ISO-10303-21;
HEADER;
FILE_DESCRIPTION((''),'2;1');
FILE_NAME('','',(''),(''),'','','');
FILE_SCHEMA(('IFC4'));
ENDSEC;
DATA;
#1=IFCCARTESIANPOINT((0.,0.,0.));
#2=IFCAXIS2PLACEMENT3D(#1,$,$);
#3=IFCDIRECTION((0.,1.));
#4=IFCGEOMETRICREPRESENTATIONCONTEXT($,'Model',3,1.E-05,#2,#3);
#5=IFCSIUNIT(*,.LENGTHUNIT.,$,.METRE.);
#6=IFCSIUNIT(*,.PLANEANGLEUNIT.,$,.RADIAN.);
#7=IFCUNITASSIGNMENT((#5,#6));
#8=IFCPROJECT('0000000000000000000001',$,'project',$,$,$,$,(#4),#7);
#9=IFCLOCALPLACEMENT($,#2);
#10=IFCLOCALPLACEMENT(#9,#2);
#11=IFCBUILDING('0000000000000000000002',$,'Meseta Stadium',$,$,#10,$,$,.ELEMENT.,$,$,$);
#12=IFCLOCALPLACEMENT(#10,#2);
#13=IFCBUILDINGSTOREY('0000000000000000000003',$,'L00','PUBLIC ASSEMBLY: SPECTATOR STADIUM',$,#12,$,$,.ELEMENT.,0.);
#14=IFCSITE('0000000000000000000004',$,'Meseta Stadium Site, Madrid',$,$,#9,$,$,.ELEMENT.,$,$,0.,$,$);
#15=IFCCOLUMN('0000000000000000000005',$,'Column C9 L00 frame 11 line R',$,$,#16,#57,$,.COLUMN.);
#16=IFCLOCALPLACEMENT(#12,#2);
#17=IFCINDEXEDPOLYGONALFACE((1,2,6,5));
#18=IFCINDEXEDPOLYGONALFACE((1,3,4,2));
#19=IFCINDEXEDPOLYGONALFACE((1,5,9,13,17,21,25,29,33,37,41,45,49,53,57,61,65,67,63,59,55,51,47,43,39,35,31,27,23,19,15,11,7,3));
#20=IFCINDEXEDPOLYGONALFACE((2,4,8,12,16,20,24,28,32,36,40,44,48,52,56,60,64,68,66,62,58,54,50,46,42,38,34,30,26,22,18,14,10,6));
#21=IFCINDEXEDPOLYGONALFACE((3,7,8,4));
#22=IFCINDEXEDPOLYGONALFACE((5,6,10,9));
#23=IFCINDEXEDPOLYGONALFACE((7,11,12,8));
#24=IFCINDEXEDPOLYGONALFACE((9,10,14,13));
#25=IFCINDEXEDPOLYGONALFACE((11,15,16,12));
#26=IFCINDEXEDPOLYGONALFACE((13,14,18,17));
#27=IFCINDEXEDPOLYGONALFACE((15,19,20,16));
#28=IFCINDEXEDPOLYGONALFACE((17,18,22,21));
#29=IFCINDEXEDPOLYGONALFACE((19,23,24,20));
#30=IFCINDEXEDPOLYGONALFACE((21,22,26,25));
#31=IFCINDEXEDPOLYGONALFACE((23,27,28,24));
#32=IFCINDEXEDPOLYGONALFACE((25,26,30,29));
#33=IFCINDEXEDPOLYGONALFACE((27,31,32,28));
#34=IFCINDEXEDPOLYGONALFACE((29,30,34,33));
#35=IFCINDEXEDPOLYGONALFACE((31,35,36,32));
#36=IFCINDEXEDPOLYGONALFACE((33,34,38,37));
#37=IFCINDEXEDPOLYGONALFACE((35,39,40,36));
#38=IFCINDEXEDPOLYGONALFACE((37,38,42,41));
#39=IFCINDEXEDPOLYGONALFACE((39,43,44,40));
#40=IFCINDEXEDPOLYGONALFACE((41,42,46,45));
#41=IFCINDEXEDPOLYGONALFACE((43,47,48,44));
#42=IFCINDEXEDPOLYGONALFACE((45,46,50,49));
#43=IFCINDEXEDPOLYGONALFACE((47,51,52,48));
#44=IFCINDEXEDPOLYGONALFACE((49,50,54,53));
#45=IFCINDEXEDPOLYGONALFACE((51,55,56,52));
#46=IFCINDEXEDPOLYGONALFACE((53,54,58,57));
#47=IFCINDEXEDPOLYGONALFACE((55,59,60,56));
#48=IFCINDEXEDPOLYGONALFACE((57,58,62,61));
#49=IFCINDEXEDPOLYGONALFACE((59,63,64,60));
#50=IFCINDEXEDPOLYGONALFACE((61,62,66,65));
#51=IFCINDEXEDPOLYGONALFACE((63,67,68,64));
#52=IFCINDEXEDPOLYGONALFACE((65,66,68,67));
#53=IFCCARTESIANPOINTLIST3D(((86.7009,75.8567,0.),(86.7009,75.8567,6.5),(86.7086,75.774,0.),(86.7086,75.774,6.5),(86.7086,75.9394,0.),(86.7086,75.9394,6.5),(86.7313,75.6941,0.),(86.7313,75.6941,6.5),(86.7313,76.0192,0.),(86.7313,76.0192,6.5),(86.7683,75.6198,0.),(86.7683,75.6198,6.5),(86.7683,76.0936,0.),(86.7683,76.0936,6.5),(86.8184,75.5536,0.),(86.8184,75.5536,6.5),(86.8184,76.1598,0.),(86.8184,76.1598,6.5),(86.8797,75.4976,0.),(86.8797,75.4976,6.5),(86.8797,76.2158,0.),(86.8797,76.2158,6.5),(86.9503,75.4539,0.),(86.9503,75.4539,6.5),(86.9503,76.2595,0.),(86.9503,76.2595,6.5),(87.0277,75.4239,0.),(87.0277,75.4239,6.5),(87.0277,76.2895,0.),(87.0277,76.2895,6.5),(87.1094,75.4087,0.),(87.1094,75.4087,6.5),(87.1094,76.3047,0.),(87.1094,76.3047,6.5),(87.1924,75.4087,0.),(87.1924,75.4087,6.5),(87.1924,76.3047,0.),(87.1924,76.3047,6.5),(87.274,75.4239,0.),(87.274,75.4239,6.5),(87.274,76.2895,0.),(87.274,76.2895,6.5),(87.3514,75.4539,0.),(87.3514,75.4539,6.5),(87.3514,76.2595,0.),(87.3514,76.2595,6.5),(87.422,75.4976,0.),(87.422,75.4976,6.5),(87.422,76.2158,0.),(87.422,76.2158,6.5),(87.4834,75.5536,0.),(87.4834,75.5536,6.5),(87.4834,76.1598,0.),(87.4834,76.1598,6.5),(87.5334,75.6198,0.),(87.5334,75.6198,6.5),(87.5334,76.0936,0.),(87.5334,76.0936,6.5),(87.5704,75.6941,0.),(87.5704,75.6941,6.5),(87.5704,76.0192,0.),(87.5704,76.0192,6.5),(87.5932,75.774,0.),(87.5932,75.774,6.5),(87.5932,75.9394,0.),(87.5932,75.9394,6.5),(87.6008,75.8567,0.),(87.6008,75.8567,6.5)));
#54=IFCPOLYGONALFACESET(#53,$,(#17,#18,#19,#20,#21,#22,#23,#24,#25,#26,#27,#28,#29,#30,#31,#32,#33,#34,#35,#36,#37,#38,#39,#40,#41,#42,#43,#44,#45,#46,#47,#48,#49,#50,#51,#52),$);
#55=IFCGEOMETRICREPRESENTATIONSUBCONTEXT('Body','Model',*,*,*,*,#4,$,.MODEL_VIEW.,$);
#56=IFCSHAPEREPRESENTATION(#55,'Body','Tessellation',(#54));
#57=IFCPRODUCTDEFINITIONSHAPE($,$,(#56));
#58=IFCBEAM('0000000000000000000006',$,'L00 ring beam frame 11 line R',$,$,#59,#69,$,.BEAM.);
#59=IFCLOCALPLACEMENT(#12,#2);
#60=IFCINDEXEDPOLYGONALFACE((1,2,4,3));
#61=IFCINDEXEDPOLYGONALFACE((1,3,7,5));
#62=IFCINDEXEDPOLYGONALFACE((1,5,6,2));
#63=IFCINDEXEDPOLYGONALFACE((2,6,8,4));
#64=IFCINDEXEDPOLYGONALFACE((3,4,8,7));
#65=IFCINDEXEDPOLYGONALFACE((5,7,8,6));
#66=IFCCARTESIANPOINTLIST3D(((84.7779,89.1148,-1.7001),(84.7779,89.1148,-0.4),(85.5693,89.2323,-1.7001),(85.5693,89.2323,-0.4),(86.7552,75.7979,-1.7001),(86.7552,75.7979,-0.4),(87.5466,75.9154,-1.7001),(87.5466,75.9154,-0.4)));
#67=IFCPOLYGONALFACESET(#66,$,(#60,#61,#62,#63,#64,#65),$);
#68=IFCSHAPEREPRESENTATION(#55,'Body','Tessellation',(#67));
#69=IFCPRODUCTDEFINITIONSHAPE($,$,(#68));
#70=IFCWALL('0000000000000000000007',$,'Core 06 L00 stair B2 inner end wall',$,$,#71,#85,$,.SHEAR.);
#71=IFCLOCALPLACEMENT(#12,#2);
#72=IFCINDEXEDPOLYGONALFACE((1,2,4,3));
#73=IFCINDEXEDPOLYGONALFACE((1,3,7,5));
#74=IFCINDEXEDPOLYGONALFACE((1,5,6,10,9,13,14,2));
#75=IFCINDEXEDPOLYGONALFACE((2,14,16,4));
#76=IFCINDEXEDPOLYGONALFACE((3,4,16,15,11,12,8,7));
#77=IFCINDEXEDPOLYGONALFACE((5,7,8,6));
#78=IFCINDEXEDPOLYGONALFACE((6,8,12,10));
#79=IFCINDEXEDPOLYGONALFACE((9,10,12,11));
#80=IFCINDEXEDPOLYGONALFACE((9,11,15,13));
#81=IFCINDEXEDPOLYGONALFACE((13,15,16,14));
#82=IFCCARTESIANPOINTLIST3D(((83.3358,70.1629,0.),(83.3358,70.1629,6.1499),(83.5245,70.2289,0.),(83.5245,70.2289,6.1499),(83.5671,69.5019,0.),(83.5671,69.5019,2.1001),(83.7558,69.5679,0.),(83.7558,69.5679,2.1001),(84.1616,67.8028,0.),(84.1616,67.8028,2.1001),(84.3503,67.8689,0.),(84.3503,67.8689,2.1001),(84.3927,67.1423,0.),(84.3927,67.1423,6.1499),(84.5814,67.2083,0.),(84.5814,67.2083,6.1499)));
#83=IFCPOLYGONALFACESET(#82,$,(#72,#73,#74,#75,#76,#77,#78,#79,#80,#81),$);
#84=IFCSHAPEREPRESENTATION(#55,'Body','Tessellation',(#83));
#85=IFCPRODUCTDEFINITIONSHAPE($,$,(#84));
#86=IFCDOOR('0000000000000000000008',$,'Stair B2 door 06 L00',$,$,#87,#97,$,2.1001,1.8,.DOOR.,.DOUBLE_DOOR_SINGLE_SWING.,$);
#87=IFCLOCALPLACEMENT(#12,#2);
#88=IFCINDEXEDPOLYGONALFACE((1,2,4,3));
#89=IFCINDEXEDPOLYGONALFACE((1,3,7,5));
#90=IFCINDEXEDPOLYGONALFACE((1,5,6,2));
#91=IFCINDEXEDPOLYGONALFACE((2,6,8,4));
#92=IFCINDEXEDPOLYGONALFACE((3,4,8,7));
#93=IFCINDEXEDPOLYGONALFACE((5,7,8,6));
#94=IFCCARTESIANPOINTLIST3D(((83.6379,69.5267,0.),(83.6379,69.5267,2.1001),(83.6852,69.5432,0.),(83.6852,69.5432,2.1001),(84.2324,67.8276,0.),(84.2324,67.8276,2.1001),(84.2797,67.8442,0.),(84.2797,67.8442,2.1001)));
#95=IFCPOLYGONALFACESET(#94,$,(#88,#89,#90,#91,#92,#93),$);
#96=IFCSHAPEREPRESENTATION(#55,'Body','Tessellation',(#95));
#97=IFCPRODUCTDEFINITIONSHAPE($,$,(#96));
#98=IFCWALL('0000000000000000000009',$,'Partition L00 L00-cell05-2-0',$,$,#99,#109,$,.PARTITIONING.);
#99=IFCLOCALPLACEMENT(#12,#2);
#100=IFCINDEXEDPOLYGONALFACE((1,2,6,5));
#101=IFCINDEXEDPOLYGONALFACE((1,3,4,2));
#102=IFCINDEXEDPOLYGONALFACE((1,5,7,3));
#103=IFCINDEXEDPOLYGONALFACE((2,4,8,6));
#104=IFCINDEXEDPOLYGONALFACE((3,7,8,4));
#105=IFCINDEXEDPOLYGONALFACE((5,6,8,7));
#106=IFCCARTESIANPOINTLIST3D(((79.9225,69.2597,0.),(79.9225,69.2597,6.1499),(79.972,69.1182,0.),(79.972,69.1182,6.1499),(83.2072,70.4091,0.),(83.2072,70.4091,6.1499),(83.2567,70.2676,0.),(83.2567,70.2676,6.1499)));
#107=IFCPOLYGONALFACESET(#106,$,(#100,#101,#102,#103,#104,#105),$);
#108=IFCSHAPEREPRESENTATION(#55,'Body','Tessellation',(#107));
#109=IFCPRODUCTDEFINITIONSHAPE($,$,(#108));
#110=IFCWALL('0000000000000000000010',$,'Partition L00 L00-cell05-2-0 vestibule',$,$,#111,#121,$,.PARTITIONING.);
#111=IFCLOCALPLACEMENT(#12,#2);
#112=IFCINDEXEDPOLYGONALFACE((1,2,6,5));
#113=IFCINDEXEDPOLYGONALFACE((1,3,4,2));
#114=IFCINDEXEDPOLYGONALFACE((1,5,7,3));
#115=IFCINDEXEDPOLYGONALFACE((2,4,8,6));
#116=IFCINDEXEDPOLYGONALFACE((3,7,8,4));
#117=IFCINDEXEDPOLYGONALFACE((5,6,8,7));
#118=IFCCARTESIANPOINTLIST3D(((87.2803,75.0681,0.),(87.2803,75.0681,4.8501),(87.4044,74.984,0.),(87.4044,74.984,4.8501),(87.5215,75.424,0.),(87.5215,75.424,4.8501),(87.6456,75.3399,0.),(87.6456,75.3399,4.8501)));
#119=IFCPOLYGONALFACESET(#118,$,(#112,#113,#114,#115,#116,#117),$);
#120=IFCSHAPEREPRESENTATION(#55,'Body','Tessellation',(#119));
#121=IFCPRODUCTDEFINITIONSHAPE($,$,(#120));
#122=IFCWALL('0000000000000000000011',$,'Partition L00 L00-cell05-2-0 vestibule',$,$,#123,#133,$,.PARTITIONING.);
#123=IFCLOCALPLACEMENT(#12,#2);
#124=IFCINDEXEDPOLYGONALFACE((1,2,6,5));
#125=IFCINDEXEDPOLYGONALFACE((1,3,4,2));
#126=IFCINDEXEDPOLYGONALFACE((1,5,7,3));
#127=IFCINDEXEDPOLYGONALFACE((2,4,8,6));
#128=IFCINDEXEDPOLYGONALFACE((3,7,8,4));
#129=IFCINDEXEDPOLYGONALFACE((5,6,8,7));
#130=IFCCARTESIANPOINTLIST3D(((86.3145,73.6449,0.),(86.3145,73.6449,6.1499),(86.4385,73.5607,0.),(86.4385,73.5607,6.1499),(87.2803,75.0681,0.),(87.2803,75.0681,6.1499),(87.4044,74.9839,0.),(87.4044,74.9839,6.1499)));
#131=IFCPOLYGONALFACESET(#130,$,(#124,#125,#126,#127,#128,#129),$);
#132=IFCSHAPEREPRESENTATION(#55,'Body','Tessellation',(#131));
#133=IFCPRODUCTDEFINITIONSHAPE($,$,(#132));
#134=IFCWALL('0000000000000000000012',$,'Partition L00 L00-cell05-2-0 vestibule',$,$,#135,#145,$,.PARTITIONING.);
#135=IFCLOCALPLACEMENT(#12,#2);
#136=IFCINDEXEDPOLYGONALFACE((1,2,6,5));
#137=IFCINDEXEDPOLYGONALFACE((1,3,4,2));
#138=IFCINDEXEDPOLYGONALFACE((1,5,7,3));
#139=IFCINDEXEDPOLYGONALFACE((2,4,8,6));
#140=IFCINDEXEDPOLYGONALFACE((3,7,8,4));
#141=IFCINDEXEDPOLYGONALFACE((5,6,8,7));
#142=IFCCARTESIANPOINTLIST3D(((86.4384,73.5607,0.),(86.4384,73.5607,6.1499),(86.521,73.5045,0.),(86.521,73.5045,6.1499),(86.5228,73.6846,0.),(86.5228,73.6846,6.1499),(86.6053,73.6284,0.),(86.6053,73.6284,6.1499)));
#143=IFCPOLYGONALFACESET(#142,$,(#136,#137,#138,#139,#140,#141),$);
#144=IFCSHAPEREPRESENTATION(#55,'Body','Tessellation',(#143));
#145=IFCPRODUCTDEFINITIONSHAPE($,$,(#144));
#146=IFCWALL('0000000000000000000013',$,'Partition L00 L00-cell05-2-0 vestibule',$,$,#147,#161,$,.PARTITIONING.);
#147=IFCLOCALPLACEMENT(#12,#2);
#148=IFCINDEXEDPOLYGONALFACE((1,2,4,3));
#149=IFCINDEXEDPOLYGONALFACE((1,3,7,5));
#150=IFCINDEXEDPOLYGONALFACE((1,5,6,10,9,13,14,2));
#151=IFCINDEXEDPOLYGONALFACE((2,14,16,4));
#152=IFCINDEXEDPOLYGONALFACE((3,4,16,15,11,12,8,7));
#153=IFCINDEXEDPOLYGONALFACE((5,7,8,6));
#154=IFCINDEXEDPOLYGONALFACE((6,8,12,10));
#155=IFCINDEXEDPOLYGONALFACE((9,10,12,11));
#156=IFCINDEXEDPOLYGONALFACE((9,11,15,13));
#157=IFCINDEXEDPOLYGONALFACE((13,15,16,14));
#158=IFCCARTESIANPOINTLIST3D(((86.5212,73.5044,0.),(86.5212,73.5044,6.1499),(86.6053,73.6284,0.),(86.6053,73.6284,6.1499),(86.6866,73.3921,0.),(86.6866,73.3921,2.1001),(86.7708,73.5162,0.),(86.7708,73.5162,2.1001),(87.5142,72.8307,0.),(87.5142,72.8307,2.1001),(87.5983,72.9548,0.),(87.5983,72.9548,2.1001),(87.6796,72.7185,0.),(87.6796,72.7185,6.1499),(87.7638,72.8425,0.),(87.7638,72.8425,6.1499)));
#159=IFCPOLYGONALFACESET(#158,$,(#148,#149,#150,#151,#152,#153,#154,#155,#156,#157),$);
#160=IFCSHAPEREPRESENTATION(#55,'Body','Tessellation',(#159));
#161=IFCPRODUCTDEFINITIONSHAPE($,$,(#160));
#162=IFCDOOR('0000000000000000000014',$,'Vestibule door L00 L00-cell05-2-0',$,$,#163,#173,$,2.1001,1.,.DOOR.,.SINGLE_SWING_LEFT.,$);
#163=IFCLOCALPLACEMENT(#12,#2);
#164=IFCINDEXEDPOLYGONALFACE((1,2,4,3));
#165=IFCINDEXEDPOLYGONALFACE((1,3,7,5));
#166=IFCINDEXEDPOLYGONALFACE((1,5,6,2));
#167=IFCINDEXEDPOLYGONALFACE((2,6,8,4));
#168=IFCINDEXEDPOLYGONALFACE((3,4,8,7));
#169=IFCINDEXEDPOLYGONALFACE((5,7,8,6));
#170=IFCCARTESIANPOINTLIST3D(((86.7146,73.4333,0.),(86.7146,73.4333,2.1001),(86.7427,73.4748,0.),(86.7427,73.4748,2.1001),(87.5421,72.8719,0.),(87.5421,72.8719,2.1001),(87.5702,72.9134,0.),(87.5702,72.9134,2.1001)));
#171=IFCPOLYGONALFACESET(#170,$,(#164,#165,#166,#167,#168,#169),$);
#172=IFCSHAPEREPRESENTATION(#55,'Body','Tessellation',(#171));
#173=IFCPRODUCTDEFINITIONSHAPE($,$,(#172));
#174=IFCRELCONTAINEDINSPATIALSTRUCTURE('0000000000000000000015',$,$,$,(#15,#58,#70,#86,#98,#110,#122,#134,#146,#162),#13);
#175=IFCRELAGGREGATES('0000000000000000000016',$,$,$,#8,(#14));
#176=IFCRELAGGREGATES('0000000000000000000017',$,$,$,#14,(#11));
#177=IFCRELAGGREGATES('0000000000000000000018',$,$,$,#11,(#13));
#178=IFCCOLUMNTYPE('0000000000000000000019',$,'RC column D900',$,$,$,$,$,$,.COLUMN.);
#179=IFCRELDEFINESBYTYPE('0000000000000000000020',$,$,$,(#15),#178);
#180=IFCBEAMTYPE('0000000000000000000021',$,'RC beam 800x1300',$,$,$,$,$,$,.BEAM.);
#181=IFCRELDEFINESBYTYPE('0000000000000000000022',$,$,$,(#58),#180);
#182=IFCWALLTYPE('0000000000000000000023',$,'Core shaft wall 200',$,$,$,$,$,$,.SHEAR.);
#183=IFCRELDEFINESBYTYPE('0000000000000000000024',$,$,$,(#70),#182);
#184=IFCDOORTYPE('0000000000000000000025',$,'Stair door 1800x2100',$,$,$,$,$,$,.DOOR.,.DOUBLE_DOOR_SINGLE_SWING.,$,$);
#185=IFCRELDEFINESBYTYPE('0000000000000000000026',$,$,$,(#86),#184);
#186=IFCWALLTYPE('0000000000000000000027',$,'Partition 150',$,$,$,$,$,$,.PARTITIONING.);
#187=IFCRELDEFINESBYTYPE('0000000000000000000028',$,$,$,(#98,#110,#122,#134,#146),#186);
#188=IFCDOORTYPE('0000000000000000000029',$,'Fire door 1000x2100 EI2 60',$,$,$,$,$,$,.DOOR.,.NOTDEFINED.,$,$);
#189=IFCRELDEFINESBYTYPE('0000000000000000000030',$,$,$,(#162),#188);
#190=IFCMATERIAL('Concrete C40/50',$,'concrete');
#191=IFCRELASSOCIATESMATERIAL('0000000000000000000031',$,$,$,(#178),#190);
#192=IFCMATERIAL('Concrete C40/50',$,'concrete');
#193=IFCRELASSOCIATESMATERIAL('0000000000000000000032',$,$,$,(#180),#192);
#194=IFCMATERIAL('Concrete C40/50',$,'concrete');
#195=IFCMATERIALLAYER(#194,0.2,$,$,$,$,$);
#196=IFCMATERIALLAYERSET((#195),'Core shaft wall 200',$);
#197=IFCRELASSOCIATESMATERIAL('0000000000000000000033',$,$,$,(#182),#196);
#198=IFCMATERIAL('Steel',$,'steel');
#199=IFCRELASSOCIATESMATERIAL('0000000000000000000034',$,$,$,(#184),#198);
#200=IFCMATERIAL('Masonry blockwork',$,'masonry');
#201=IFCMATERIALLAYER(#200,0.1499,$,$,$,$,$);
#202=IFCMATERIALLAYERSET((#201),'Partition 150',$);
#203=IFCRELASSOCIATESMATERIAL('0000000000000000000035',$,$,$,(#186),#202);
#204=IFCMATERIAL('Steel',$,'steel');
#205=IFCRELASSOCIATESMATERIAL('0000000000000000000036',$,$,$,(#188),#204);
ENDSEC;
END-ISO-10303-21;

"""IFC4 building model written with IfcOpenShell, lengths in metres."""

from ifc_helpers import new_model, si_unit, direction, frame, frame_2d, origin, origin_2d, place, context, subcontext, project, spatial, rectangle, circle, extrude, material, layer, layer_set, material_profile, profile_set, type_object, element, fill, save


model = new_model("IFC4")

# Units and contexts
model_context = context("Model", 3, precision=1e-05, world=origin(), true_north=direction((0.0, 1.0)))
body_context = subcontext(model_context, "Body", "Model", "MODEL_VIEW")
ifc_project = project(units=[si_unit("LENGTHUNIT", "METRE"), si_unit("PLANEANGLEUNIT", "RADIAN")], contexts=[model_context])

# Site, building, storey
site_placement = place(None, origin())
site = spatial("IfcSite", under=ifc_project, at=site_placement, Name="Meseta Stadium Site, Madrid", CompositionType="ELEMENT", RefElevation=0.0)
building_placement = place(site_placement, origin())
building = spatial("IfcBuilding", under=site, at=building_placement, Name="Meseta Stadium", CompositionType="ELEMENT")
storey_placement = place(building_placement, origin())
storey = spatial("IfcBuildingStorey", under=building, at=storey_placement, Name="L00", Description="PUBLIC ASSEMBLY: SPECTATOR STADIUM", CompositionType="ELEMENT", Elevation=0.0)

# Column
ifc_material_1 = material(Name="Concrete C40/50", Category="concrete")
ifc_material_profile_1 = material_profile(ifc_material_1, circle(Radius=0.45, at=origin_2d()), Name="RC D900")
ifc_profile_set_1 = profile_set([ifc_material_profile_1], Name="Concrete C40/50")
column_type = type_object("IfcColumnType", Name="RC column D900", PredefinedType="COLUMN", material=ifc_profile_set_1)
column_placement = place(storey_placement, frame((87.1509, 75.8567, 0.0), z_axis=(0.0, 0.0, 1.0), x_axis=(1.0, 0.0, 0.0)))
element("IfcColumn", 1, at=column_placement, inside=storey, type_object=column_type, Name="Column C9 L00 frame 11 line R", PredefinedType="COLUMN", context=body_context, shape_type="SweptSolid", body=[
    extrude(circle(Radius=0.45, at=origin_2d()), origin(), (0.0, 0.0, 1.0), 6.5),
])

# Beam
ifc_material_2 = material(Name="Concrete C40/50", Category="concrete")
ifc_material_profile_2 = material_profile(ifc_material_2, rectangle(XDim=0.8, YDim=1.3, at=origin_2d()), Name="RC 800x1300")
ifc_profile_set_2 = profile_set([ifc_material_profile_2], Name="Concrete C40/50")
beam_type = type_object("IfcBeamType", Name="RC beam 800x1300", PredefinedType="BEAM", material=ifc_profile_set_2)
beam_placement = place(storey_placement, frame((87.1509, 75.8567, -1.05), z_axis=(-0.14687, 0.989156, 0.0), x_axis=(-0.989156, -0.14687, 0.0)))
element("IfcBeam", 2, at=beam_placement, inside=storey, type_object=beam_type, Name="L00 ring beam frame 11 line R", PredefinedType="BEAM", context=body_context, shape_type="SweptSolid", body=[
    extrude(rectangle(XDim=0.8, YDim=1.3, at=origin_2d()), origin(), (0.0, 0.0, 1.0), 13.4629),
])

# Wall, opening, door
ifc_material_3 = material(Name="Concrete C40/50", Category="concrete")
ifc_layer_1 = layer(ifc_material_3, 0.2)
ifc_layer_set_1 = layer_set([ifc_layer_1], Name="Core shaft wall 200")
wall_type_1 = type_object("IfcWallType", Name="Core shaft wall 200", PredefinedType="SHEAR", material=ifc_layer_set_1)
wall_1_placement = place(storey_placement, frame((84.4871, 67.1753, 0.0), z_axis=(0.0, 0.0, 1.0), x_axis=(-0.330269, 0.943887, 0.0)))
wall_1 = element("IfcWall", 3, at=wall_1_placement, inside=storey, type_object=wall_type_1, Name="Core 06 L00 stair B2 inner end wall", PredefinedType="SHEAR", context=body_context, shape_type="SweptSolid", body=[
    extrude(rectangle(XDim=3.2002, YDim=0.2, at=frame_2d((1.6001, 0.0))), origin(), (0.0, 0.0, 1.0), 6.1499),
])
opening_1_placement = place(wall_1_placement, frame((0.7, 0.0, 0.0)))
opening_1 = element("IfcOpeningElement", 4, at=opening_1_placement, cuts=wall_1, PredefinedType="OPENING", context=body_context, shape_type="SweptSolid", body=[
    extrude(rectangle(XDim=1.8, YDim=2.1001, at=frame_2d((0.8999, 1.05))), frame((0.0, 0.1099, 0.0), z_axis=(0.0, -1.0, 0.0), x_axis=(1.0, 0.0, 0.0)), (0.0, 0.0, 1.0), 0.22),
])
ifc_material_4 = material(Name="Steel", Category="steel")
door_type_1 = type_object("IfcDoorType", Name="Stair door 1800x2100", OperationType="DOUBLE_DOOR_SINGLE_SWING", PredefinedType="DOOR", material=ifc_material_4)
door_1_placement = place(opening_1_placement, origin())
door_1 = element("IfcDoor", 5, at=door_1_placement, inside=storey, type_object=door_type_1, Name="Stair B2 door 06 L00", OperationType="DOUBLE_DOOR_SINGLE_SWING", OverallHeight=2.1001, OverallWidth=1.8, PredefinedType="DOOR", context=body_context, shape_type="SweptSolid", body=[
    extrude(rectangle(XDim=1.8, YDim=2.1001, at=frame_2d((0.8999, 1.05))), frame((0.0, 0.0249, 0.0), z_axis=(0.0, -1.0, 0.0), x_axis=(1.0, 0.0, 0.0)), (0.0, 0.0, 1.0), 0.05),
])
fill(opening_1, door_1)

# Walls
ifc_material_5 = material(Name="Masonry blockwork", Category="masonry")
ifc_layer_2 = layer(ifc_material_5, 0.1499)
ifc_layer_set_2 = layer_set([ifc_layer_2], Name="Partition 150")
wall_type_2 = type_object("IfcWallType", Name="Partition 150", PredefinedType="PARTITIONING", material=ifc_layer_set_2)
wall_2_placement = place(storey_placement, frame((83.2319, 70.3384, 0.0), z_axis=(0.0, 0.0, 1.0), x_axis=(-0.943878, -0.330294, 0.0)))
element("IfcWall", 6, at=wall_2_placement, inside=storey, type_object=wall_type_2, Name="Partition L00 L00-cell05-2-0", PredefinedType="PARTITIONING", context=body_context, shape_type="SweptSolid", body=[
    extrude(rectangle(XDim=3.48, YDim=0.1499, at=frame_2d((1.74, 0.0))), origin(), (0.0, 0.0, 1.0), 6.1499),
])
wall_3_placement = place(storey_placement, frame((87.5835, 75.3818, 0.0), z_axis=(0.0, 0.0, 1.0), x_axis=(-0.560974, -0.827834, 0.0)))
element("IfcWall", 7, at=wall_3_placement, inside=storey, type_object=wall_type_2, Name="Partition L00 L00-cell05-2-0 vestibule", PredefinedType="PARTITIONING", context=body_context, shape_type="SweptSolid", body=[
    extrude(rectangle(XDim=0.4299, YDim=0.1499, at=frame_2d((0.2148, 0.0))), origin(), (0.0, 0.0, 1.0), 4.8501),
])
wall_4_placement = place(storey_placement, frame((87.3423, 75.0259, 0.0), z_axis=(0.0, 0.0, 1.0), x_axis=(-0.56156, -0.827436, 0.0)))
element("IfcWall", 8, at=wall_4_placement, inside=storey, type_object=wall_type_2, Name="Partition L00 L00-cell05-2-0 vestibule", PredefinedType="PARTITIONING", context=body_context, shape_type="SweptSolid", body=[
    extrude(rectangle(XDim=1.72, YDim=0.1499, at=frame_2d((0.8599, 0.0))), origin(), (0.0, 0.0, 1.0), 6.1499),
])
wall_5_placement = place(storey_placement, frame((86.4807, 73.6226, 0.0), z_axis=(0.0, 0.0, 1.0), x_axis=(0.826744, -0.562578, 0.0)))
element("IfcWall", 9, at=wall_5_placement, inside=storey, type_object=wall_type_2, Name="Partition L00 L00-cell05-2-0 vestibule", PredefinedType="PARTITIONING", context=body_context, shape_type="SweptSolid", body=[
    extrude(rectangle(XDim=0.0999, YDim=0.1499, at=frame_2d((0.0498, 0.0))), origin(), (0.0, 0.0, 1.0), 6.1499),
])

# Wall, opening, door
wall_6_placement = place(storey_placement, frame((86.5632, 73.5664, 0.0), z_axis=(0.0, 0.0, 1.0), x_axis=(0.827542, -0.561403, 0.0)))
wall_6 = element("IfcWall", 10, at=wall_6_placement, inside=storey, type_object=wall_type_2, Name="Partition L00 L00-cell05-2-0 vestibule", PredefinedType="PARTITIONING", context=body_context, shape_type="SweptSolid", body=[
    extrude(rectangle(XDim=1.3999, YDim=0.1499, at=frame_2d((0.7, 0.0))), origin(), (0.0, 0.0, 1.0), 6.1499),
])
opening_2_placement = place(wall_6_placement, frame((0.2, 0.0, 0.0)))
opening_2 = element("IfcOpeningElement", 11, at=opening_2_placement, cuts=wall_6, PredefinedType="OPENING", context=body_context, shape_type="SweptSolid", body=[
    extrude(rectangle(XDim=1.0, YDim=2.1001, at=frame_2d((0.5, 1.05))), frame((0.0, 0.085, 0.0), z_axis=(0.0, -1.0, 0.0), x_axis=(1.0, 0.0, 0.0)), (0.0, 0.0, 1.0), 0.1699),
])
ifc_material_6 = material(Name="Steel", Category="steel")
door_type_2 = type_object("IfcDoorType", Name="Fire door 1000x2100 EI2 60", OperationType="NOTDEFINED", PredefinedType="DOOR", material=ifc_material_6)
door_2_placement = place(opening_2_placement, origin())
door_2 = element("IfcDoor", 12, at=door_2_placement, inside=storey, type_object=door_type_2, Name="Vestibule door L00 L00-cell05-2-0", OperationType="SINGLE_SWING_LEFT", OverallHeight=2.1001, OverallWidth=1.0, PredefinedType="DOOR", context=body_context, shape_type="SweptSolid", body=[
    extrude(rectangle(XDim=1.0, YDim=2.1001, at=frame_2d((0.5, 1.05))), frame((0.0, 0.0249, 0.0), z_axis=(0.0, -1.0, 0.0), x_axis=(1.0, 0.0, 0.0)), (0.0, 0.0, 1.0), 0.05),
])
fill(opening_2, door_2)

save(model, "model.ifc")
